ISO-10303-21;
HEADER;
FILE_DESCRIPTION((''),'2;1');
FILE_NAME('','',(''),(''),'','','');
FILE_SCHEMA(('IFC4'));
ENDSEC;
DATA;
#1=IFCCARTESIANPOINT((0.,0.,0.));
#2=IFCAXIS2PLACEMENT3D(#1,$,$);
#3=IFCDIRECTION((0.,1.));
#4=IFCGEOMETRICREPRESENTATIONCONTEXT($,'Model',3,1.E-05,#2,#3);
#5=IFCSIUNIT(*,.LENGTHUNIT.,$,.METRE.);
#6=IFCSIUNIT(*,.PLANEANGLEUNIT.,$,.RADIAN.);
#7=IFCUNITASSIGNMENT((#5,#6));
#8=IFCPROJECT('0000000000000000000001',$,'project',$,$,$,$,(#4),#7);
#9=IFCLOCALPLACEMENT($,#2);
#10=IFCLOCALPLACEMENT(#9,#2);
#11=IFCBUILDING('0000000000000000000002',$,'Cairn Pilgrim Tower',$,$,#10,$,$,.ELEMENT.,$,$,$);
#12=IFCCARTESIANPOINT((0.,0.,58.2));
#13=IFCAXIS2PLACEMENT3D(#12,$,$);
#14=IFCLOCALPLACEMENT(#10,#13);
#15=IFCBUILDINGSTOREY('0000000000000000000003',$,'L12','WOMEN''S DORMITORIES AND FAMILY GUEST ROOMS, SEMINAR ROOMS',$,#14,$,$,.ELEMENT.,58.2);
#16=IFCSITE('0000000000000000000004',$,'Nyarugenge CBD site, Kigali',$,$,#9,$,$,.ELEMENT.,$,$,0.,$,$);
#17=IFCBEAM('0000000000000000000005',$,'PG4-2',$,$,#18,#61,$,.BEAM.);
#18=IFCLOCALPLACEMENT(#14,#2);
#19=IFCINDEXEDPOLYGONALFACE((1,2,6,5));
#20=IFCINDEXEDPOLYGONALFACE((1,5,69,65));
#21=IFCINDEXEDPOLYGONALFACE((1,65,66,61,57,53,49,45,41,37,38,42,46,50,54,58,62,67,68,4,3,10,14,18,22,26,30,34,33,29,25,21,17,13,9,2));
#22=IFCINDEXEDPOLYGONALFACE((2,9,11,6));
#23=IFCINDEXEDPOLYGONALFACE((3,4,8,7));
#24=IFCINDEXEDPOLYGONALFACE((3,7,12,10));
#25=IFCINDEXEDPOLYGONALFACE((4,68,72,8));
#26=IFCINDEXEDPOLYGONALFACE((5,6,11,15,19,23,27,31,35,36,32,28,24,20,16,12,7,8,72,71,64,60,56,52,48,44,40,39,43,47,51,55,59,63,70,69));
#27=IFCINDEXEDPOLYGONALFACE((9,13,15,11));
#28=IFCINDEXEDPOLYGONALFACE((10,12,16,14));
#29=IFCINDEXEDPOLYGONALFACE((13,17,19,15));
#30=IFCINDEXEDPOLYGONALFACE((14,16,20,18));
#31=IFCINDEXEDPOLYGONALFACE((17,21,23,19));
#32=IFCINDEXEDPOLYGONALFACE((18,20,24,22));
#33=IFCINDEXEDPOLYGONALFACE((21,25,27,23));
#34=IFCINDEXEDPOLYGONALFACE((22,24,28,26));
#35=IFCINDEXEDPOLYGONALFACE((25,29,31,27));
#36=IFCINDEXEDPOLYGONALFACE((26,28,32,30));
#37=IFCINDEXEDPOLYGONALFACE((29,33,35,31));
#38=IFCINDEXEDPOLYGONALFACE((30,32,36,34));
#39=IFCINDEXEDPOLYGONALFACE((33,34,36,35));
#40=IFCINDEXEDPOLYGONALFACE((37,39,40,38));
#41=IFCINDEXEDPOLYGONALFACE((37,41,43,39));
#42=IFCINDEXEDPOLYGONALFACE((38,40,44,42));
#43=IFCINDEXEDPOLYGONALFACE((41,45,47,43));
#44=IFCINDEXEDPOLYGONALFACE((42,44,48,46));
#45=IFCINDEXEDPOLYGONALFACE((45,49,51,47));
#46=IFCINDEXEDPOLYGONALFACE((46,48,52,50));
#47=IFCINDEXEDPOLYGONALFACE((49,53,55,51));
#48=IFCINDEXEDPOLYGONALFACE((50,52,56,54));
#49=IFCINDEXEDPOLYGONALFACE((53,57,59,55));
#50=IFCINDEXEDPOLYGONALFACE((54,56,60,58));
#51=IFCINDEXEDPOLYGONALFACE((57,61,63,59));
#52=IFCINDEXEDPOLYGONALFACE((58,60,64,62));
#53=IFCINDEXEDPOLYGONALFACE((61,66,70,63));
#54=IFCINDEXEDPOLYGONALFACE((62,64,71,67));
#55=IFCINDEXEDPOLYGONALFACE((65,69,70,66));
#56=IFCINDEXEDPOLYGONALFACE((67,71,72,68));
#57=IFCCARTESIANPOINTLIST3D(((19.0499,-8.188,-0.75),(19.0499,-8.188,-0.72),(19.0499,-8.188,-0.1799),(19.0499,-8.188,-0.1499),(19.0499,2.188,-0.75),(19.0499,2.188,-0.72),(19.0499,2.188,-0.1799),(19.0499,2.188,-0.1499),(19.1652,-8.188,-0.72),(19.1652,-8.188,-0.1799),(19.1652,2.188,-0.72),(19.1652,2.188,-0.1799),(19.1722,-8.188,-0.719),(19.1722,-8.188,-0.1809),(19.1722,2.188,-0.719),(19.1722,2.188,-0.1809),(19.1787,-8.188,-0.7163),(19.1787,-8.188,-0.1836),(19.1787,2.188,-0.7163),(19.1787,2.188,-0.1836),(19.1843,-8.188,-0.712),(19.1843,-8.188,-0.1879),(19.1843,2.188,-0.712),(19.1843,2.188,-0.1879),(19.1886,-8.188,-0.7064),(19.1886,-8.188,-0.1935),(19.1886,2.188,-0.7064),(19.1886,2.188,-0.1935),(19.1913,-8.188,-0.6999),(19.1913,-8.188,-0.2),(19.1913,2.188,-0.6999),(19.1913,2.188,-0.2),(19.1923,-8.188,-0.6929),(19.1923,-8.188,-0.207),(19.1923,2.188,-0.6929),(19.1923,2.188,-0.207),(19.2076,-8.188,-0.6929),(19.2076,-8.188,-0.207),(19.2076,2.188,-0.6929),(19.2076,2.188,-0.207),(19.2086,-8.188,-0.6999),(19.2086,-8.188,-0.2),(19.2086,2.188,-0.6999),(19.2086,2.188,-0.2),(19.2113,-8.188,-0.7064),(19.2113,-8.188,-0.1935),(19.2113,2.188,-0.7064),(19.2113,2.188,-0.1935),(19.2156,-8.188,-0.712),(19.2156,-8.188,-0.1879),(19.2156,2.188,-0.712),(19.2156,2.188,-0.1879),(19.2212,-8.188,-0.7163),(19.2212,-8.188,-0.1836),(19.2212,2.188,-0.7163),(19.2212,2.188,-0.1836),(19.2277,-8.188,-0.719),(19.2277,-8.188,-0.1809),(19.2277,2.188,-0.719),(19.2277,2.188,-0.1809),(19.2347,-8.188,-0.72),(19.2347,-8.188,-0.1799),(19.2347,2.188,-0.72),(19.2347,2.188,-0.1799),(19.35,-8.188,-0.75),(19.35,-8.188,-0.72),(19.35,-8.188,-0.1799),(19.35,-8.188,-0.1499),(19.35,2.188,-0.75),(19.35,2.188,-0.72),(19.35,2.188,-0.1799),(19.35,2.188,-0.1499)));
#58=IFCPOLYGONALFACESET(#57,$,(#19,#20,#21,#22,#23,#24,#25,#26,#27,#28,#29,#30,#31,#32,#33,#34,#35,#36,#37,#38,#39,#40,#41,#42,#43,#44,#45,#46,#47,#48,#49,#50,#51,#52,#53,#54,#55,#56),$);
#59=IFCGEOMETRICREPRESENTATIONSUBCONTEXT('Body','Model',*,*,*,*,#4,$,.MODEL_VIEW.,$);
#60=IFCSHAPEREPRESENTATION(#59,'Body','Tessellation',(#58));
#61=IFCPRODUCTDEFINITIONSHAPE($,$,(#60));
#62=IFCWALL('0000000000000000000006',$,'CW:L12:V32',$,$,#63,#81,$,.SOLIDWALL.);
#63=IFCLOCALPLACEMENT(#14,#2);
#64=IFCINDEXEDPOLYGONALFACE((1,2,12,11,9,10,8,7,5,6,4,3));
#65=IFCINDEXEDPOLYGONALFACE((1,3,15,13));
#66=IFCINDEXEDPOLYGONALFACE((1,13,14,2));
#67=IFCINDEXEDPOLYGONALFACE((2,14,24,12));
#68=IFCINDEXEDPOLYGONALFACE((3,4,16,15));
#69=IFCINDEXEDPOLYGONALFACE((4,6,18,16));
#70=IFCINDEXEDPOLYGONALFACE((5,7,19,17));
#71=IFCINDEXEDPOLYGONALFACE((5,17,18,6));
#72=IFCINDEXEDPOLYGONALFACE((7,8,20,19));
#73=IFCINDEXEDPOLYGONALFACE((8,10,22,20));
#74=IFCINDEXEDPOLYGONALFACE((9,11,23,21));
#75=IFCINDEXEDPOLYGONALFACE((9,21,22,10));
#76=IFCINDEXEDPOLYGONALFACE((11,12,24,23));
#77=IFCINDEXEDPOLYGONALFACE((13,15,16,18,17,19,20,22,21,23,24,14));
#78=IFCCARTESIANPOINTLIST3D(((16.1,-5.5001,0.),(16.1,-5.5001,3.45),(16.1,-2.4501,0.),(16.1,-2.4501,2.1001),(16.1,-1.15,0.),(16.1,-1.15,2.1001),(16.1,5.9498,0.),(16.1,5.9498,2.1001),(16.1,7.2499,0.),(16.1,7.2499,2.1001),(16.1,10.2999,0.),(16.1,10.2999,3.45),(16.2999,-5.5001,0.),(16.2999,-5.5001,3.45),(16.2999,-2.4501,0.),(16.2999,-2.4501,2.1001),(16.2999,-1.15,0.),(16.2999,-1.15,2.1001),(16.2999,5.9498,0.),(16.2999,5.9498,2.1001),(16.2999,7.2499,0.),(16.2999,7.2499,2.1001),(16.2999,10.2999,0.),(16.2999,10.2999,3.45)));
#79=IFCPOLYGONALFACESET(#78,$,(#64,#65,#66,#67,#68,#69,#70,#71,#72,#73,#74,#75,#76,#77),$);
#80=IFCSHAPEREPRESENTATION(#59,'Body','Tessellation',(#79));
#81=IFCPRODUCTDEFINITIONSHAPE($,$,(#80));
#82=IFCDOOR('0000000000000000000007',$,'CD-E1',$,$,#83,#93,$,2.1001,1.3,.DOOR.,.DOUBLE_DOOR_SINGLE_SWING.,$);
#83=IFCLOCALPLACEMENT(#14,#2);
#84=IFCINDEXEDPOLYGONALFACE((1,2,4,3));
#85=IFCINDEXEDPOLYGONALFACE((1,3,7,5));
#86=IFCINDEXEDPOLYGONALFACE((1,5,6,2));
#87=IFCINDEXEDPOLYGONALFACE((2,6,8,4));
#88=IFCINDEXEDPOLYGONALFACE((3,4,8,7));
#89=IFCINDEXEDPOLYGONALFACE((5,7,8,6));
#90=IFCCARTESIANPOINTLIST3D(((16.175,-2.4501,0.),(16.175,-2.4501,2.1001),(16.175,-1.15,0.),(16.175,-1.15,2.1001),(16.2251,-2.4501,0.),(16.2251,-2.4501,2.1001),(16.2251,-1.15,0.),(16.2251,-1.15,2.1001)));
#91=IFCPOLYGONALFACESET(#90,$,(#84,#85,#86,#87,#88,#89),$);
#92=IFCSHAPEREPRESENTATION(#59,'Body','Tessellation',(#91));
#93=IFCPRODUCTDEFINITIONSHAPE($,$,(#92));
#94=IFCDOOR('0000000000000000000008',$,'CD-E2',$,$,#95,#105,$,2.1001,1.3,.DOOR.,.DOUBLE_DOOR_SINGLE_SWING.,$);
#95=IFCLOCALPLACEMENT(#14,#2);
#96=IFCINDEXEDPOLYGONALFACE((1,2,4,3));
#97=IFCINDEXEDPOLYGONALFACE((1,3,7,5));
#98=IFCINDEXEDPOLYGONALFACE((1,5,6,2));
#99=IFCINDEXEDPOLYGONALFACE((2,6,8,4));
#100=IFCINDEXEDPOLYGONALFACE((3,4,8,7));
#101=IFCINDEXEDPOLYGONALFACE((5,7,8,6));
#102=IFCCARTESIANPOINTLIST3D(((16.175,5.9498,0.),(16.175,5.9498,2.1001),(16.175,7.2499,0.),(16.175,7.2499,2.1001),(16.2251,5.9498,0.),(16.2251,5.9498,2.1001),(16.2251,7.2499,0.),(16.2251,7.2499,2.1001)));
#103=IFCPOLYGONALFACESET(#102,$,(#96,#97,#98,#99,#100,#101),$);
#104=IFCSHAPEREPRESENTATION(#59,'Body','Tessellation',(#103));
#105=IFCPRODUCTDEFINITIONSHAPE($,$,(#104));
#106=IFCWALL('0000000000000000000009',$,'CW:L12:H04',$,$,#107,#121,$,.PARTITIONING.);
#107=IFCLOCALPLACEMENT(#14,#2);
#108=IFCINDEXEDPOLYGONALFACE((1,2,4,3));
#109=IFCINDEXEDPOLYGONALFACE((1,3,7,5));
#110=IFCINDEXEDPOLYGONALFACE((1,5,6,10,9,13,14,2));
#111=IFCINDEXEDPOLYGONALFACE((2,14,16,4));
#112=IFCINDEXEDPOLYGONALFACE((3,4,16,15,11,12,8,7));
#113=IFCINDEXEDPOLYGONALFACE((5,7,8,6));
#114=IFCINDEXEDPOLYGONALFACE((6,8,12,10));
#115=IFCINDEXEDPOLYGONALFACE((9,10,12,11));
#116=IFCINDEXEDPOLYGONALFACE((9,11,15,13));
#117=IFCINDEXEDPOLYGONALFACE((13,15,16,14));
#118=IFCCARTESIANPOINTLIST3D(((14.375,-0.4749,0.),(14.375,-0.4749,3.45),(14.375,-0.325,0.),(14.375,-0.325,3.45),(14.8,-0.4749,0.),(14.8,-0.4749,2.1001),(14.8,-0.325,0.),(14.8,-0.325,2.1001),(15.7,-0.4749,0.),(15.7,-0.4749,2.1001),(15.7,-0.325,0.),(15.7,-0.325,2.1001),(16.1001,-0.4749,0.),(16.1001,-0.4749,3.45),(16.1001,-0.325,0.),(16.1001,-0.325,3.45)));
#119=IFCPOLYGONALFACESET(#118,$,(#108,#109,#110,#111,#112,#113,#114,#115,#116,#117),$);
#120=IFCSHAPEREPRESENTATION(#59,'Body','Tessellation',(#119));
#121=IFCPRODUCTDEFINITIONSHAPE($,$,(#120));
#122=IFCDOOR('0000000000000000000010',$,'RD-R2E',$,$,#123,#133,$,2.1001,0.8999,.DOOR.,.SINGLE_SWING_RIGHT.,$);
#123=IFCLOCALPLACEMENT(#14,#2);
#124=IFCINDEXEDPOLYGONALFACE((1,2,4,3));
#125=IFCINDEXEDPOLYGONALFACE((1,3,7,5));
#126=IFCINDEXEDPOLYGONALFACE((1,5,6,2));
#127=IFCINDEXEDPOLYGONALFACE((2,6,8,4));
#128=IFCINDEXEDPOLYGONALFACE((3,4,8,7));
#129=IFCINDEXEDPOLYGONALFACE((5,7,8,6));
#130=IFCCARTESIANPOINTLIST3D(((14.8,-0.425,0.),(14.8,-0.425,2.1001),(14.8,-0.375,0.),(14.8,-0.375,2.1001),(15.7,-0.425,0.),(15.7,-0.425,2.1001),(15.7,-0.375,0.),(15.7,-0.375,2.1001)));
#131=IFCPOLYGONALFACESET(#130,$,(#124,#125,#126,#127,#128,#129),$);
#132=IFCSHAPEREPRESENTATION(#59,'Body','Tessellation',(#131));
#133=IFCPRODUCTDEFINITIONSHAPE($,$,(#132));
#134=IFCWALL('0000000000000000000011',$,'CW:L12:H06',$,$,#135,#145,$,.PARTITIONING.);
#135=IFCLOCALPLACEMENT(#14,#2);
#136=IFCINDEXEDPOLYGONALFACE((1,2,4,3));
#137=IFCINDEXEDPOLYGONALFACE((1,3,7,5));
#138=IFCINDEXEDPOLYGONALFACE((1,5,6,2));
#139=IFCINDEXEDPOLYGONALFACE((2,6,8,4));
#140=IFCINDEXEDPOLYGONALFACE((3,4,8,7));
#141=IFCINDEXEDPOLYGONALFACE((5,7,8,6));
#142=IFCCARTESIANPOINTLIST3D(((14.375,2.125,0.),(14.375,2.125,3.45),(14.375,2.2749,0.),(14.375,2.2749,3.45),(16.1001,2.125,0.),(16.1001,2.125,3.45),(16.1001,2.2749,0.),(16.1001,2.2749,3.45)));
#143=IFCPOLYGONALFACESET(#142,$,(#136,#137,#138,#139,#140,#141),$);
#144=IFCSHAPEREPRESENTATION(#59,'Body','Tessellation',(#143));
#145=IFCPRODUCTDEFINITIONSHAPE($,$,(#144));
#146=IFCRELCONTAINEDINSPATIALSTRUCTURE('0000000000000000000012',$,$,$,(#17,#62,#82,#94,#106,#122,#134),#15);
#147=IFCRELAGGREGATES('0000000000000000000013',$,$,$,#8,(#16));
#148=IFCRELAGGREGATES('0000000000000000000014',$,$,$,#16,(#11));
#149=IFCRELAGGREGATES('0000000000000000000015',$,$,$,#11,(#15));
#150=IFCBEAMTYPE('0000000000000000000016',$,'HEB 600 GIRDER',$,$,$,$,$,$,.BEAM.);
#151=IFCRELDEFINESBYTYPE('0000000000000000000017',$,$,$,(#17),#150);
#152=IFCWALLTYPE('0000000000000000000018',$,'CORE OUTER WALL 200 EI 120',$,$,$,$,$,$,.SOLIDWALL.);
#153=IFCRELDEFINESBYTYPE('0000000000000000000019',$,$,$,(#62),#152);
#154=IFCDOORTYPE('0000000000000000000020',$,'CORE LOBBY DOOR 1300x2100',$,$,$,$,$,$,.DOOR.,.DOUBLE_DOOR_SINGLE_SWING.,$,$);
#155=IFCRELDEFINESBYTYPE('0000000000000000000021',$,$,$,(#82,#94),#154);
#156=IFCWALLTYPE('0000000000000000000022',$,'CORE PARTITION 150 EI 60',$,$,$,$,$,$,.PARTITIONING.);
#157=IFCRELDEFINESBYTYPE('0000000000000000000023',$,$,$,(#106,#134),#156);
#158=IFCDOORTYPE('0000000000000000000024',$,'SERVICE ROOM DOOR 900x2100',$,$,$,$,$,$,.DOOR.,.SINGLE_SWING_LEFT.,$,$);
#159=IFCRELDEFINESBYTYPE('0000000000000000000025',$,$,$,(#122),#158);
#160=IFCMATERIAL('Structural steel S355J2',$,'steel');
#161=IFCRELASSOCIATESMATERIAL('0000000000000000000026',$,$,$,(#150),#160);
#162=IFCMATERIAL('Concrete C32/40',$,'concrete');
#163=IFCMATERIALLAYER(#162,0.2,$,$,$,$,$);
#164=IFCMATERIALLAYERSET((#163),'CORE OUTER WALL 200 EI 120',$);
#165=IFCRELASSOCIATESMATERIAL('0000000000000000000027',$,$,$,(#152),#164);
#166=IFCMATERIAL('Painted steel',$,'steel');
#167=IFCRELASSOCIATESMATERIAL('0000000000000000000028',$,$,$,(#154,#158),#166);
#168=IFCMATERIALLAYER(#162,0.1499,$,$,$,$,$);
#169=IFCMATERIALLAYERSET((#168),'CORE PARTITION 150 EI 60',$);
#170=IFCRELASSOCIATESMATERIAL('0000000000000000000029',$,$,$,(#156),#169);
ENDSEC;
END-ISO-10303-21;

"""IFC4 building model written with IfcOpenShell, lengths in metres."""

from ifc_helpers import new_model, si_unit, direction, frame, frame_2d, origin, origin_2d, place, context, subcontext, project, spatial, rectangle, i_section, extrude, material, layer, layer_set, material_profile, profile_set, type_object, element, fill, save


model = new_model("IFC4")

# Units and contexts
model_context = context("Model", 3, precision=1e-05, world=origin(), true_north=direction((0.0, 1.0)))
body_context = subcontext(model_context, "Body", "Model", "MODEL_VIEW")
ifc_project = project(units=[si_unit("LENGTHUNIT", "METRE"), si_unit("PLANEANGLEUNIT", "RADIAN")], contexts=[model_context])

# Site, building, storey
site_placement = place(None, origin())
site = spatial("IfcSite", under=ifc_project, at=site_placement, Name="Nyarugenge CBD site, Kigali", CompositionType="ELEMENT", RefElevation=0.0)
building_placement = place(site_placement, origin())
building = spatial("IfcBuilding", under=site, at=building_placement, Name="Cairn Pilgrim Tower", CompositionType="ELEMENT")
storey_placement = place(building_placement, frame((0.0, 0.0, 58.2)))
storey = spatial("IfcBuildingStorey", under=building, at=storey_placement, Name="L12", Description="WOMEN'S DORMITORIES AND FAMILY GUEST ROOMS, SEMINAR ROOMS", CompositionType="ELEMENT", Elevation=58.2)

# Beam
ifc_material_1 = material(Name="Structural steel S355J2", Category="steel")
ifc_material_profile_1 = material_profile(ifc_material_1, i_section(OverallWidth=0.3, OverallDepth=0.6001, WebThickness=0.0154, FlangeThickness=0.03, FilletRadius=0.0271, at=origin_2d()), Name="HEB 600")
ifc_profile_set_1 = profile_set([ifc_material_profile_1], Name="Structural steel S355J2")
beam_type_1 = type_object("IfcBeamType", Name="HEB 600 GIRDER", PredefinedType="BEAM", material=ifc_profile_set_1)
beam_1_placement = place(storey_placement, frame((19.2, -8.188, -0.45), z_axis=(0.0, 1.0, 0.0), x_axis=(-1.0, 0.0, 0.0)))
element("IfcBeam", 1, at=beam_1_placement, inside=storey, type_object=beam_type_1, Name="PG4-2", PredefinedType="BEAM", context=body_context, shape_type="SweptSolid", body=[
    extrude(i_section(OverallWidth=0.3, OverallDepth=0.6001, WebThickness=0.0154, FlangeThickness=0.03, FilletRadius=0.0271, at=origin_2d()), origin(), (0.0, 0.0, 1.0), 10.376),
])

# Wall, openings, doors
ifc_material_2 = material(Name="Concrete C32/40", Category="concrete")
ifc_layer_1 = layer(ifc_material_2, 0.2)
ifc_layer_set_1 = layer_set([ifc_layer_1], Name="CORE OUTER WALL 200 EI 120")
wall_type_1 = type_object("IfcWallType", Name="CORE OUTER WALL 200 EI 120", PredefinedType="SOLIDWALL", material=ifc_layer_set_1)
wall_1_placement = place(storey_placement, frame((16.2, -5.5, 0.0), z_axis=(0.0, 0.0, 1.0), x_axis=(0.0, 1.0, 0.0)))
wall_1 = element("IfcWall", 2, at=wall_1_placement, inside=storey, type_object=wall_type_1, Name="CW:L12:V32", PredefinedType="SOLIDWALL", context=body_context, shape_type="SweptSolid", body=[
    extrude(rectangle(XDim=15.8, YDim=0.2, at=frame_2d((7.8999, 0.0))), origin(), (0.0, 0.0, 1.0), 3.45),
])
opening_1_placement = place(wall_1_placement, frame((3.05, 0.0, 0.0)))
opening_1 = element("IfcOpeningElement", 3, at=opening_1_placement, cuts=wall_1, PredefinedType="OPENING", context=body_context, shape_type="SweptSolid", body=[
    extrude(rectangle(XDim=1.3, YDim=2.1001, at=frame_2d((0.6499, 1.05))), frame((0.0, 0.1099, 0.0), z_axis=(0.0, -1.0, 0.0), x_axis=(1.0, 0.0, 0.0)), (0.0, 0.0, 1.0), 0.22),
])
opening_2_placement = place(wall_1_placement, frame((11.45, 0.0, 0.0)))
opening_2 = element("IfcOpeningElement", 4, at=opening_2_placement, cuts=wall_1, PredefinedType="OPENING", context=body_context, shape_type="SweptSolid", body=[
    extrude(rectangle(XDim=1.3, YDim=2.1001, at=frame_2d((0.6499, 1.05))), frame((0.0, 0.1099, 0.0), z_axis=(0.0, -1.0, 0.0), x_axis=(1.0, 0.0, 0.0)), (0.0, 0.0, 1.0), 0.22),
])
ifc_material_3 = material(Name="Painted steel", Category="steel")
door_type_1 = type_object("IfcDoorType", Name="CORE LOBBY DOOR 1300x2100", OperationType="DOUBLE_DOOR_SINGLE_SWING", PredefinedType="DOOR", material=ifc_material_3)
door_1_placement = place(opening_1_placement, origin())
door_1 = element("IfcDoor", 5, at=door_1_placement, inside=storey, type_object=door_type_1, Name="CD-E1", OperationType="DOUBLE_DOOR_SINGLE_SWING", OverallHeight=2.1001, OverallWidth=1.3, PredefinedType="DOOR", context=body_context, shape_type="SweptSolid", body=[
    extrude(rectangle(XDim=1.3, YDim=2.1001, at=frame_2d((0.6499, 1.05))), frame((0.0, 0.0249, 0.0), z_axis=(0.0, -1.0, 0.0), x_axis=(1.0, 0.0, 0.0)), (0.0, 0.0, 1.0), 0.05),
])
fill(opening_1, door_1)
door_2_placement = place(opening_2_placement, origin())
door_2 = element("IfcDoor", 6, at=door_2_placement, inside=storey, type_object=door_type_1, Name="CD-E2", OperationType="DOUBLE_DOOR_SINGLE_SWING", OverallHeight=2.1001, OverallWidth=1.3, PredefinedType="DOOR", context=body_context, shape_type="SweptSolid", body=[
    extrude(rectangle(XDim=1.3, YDim=2.1001, at=frame_2d((0.6499, 1.05))), frame((0.0, 0.0249, 0.0), z_axis=(0.0, -1.0, 0.0), x_axis=(1.0, 0.0, 0.0)), (0.0, 0.0, 1.0), 0.05),
])
fill(opening_2, door_2)

# Wall, opening, door
ifc_layer_2 = layer(ifc_material_2, 0.1499)
ifc_layer_set_2 = layer_set([ifc_layer_2], Name="CORE PARTITION 150 EI 60")
wall_type_2 = type_object("IfcWallType", Name="CORE PARTITION 150 EI 60", PredefinedType="PARTITIONING", material=ifc_layer_set_2)
wall_2_placement = place(storey_placement, frame((14.375, -0.3999, 0.0), z_axis=(0.0, 0.0, 1.0), x_axis=(1.0, 0.0, 0.0)))
wall_2 = element("IfcWall", 7, at=wall_2_placement, inside=storey, type_object=wall_type_2, Name="CW:L12:H04", PredefinedType="PARTITIONING", context=body_context, shape_type="SweptSolid", body=[
    extrude(rectangle(XDim=1.7251, YDim=0.1499, at=frame_2d((0.8625, 0.0))), origin(), (0.0, 0.0, 1.0), 3.45),
])
opening_3_placement = place(wall_2_placement, frame((0.425, 0.0, 0.0)))
opening_3 = element("IfcOpeningElement", 8, at=opening_3_placement, cuts=wall_2, PredefinedType="OPENING", context=body_context, shape_type="SweptSolid", body=[
    extrude(rectangle(XDim=0.8999, YDim=2.1001, at=frame_2d((0.45, 1.05))), frame((0.0, 0.085, 0.0), z_axis=(0.0, -1.0, 0.0), x_axis=(1.0, 0.0, 0.0)), (0.0, 0.0, 1.0), 0.1699),
])
door_type_2 = type_object("IfcDoorType", Name="SERVICE ROOM DOOR 900x2100", OperationType="SINGLE_SWING_LEFT", PredefinedType="DOOR", material=ifc_material_3)
door_3_placement = place(opening_3_placement, origin())
door_3 = element("IfcDoor", 9, at=door_3_placement, inside=storey, type_object=door_type_2, Name="RD-R2E", OperationType="SINGLE_SWING_RIGHT", OverallHeight=2.1001, OverallWidth=0.8999, PredefinedType="DOOR", context=body_context, shape_type="SweptSolid", body=[
    extrude(rectangle(XDim=0.8999, YDim=2.1001, at=frame_2d((0.45, 1.05))), frame((0.0, 0.0249, 0.0), z_axis=(0.0, -1.0, 0.0), x_axis=(1.0, 0.0, 0.0)), (0.0, 0.0, 1.0), 0.05),
])
fill(opening_3, door_3)

# Wall
wall_3_placement = place(storey_placement, frame((14.375, 2.2, 0.0), z_axis=(0.0, 0.0, 1.0), x_axis=(1.0, 0.0, 0.0)))
element("IfcWall", 10, at=wall_3_placement, inside=storey, type_object=wall_type_2, Name="CW:L12:H06", PredefinedType="PARTITIONING", context=body_context, shape_type="SweptSolid", body=[
    extrude(rectangle(XDim=1.7251, YDim=0.1499, at=frame_2d((0.8625, 0.0))), origin(), (0.0, 0.0, 1.0), 3.45),
])

save(model, "model.ifc")
